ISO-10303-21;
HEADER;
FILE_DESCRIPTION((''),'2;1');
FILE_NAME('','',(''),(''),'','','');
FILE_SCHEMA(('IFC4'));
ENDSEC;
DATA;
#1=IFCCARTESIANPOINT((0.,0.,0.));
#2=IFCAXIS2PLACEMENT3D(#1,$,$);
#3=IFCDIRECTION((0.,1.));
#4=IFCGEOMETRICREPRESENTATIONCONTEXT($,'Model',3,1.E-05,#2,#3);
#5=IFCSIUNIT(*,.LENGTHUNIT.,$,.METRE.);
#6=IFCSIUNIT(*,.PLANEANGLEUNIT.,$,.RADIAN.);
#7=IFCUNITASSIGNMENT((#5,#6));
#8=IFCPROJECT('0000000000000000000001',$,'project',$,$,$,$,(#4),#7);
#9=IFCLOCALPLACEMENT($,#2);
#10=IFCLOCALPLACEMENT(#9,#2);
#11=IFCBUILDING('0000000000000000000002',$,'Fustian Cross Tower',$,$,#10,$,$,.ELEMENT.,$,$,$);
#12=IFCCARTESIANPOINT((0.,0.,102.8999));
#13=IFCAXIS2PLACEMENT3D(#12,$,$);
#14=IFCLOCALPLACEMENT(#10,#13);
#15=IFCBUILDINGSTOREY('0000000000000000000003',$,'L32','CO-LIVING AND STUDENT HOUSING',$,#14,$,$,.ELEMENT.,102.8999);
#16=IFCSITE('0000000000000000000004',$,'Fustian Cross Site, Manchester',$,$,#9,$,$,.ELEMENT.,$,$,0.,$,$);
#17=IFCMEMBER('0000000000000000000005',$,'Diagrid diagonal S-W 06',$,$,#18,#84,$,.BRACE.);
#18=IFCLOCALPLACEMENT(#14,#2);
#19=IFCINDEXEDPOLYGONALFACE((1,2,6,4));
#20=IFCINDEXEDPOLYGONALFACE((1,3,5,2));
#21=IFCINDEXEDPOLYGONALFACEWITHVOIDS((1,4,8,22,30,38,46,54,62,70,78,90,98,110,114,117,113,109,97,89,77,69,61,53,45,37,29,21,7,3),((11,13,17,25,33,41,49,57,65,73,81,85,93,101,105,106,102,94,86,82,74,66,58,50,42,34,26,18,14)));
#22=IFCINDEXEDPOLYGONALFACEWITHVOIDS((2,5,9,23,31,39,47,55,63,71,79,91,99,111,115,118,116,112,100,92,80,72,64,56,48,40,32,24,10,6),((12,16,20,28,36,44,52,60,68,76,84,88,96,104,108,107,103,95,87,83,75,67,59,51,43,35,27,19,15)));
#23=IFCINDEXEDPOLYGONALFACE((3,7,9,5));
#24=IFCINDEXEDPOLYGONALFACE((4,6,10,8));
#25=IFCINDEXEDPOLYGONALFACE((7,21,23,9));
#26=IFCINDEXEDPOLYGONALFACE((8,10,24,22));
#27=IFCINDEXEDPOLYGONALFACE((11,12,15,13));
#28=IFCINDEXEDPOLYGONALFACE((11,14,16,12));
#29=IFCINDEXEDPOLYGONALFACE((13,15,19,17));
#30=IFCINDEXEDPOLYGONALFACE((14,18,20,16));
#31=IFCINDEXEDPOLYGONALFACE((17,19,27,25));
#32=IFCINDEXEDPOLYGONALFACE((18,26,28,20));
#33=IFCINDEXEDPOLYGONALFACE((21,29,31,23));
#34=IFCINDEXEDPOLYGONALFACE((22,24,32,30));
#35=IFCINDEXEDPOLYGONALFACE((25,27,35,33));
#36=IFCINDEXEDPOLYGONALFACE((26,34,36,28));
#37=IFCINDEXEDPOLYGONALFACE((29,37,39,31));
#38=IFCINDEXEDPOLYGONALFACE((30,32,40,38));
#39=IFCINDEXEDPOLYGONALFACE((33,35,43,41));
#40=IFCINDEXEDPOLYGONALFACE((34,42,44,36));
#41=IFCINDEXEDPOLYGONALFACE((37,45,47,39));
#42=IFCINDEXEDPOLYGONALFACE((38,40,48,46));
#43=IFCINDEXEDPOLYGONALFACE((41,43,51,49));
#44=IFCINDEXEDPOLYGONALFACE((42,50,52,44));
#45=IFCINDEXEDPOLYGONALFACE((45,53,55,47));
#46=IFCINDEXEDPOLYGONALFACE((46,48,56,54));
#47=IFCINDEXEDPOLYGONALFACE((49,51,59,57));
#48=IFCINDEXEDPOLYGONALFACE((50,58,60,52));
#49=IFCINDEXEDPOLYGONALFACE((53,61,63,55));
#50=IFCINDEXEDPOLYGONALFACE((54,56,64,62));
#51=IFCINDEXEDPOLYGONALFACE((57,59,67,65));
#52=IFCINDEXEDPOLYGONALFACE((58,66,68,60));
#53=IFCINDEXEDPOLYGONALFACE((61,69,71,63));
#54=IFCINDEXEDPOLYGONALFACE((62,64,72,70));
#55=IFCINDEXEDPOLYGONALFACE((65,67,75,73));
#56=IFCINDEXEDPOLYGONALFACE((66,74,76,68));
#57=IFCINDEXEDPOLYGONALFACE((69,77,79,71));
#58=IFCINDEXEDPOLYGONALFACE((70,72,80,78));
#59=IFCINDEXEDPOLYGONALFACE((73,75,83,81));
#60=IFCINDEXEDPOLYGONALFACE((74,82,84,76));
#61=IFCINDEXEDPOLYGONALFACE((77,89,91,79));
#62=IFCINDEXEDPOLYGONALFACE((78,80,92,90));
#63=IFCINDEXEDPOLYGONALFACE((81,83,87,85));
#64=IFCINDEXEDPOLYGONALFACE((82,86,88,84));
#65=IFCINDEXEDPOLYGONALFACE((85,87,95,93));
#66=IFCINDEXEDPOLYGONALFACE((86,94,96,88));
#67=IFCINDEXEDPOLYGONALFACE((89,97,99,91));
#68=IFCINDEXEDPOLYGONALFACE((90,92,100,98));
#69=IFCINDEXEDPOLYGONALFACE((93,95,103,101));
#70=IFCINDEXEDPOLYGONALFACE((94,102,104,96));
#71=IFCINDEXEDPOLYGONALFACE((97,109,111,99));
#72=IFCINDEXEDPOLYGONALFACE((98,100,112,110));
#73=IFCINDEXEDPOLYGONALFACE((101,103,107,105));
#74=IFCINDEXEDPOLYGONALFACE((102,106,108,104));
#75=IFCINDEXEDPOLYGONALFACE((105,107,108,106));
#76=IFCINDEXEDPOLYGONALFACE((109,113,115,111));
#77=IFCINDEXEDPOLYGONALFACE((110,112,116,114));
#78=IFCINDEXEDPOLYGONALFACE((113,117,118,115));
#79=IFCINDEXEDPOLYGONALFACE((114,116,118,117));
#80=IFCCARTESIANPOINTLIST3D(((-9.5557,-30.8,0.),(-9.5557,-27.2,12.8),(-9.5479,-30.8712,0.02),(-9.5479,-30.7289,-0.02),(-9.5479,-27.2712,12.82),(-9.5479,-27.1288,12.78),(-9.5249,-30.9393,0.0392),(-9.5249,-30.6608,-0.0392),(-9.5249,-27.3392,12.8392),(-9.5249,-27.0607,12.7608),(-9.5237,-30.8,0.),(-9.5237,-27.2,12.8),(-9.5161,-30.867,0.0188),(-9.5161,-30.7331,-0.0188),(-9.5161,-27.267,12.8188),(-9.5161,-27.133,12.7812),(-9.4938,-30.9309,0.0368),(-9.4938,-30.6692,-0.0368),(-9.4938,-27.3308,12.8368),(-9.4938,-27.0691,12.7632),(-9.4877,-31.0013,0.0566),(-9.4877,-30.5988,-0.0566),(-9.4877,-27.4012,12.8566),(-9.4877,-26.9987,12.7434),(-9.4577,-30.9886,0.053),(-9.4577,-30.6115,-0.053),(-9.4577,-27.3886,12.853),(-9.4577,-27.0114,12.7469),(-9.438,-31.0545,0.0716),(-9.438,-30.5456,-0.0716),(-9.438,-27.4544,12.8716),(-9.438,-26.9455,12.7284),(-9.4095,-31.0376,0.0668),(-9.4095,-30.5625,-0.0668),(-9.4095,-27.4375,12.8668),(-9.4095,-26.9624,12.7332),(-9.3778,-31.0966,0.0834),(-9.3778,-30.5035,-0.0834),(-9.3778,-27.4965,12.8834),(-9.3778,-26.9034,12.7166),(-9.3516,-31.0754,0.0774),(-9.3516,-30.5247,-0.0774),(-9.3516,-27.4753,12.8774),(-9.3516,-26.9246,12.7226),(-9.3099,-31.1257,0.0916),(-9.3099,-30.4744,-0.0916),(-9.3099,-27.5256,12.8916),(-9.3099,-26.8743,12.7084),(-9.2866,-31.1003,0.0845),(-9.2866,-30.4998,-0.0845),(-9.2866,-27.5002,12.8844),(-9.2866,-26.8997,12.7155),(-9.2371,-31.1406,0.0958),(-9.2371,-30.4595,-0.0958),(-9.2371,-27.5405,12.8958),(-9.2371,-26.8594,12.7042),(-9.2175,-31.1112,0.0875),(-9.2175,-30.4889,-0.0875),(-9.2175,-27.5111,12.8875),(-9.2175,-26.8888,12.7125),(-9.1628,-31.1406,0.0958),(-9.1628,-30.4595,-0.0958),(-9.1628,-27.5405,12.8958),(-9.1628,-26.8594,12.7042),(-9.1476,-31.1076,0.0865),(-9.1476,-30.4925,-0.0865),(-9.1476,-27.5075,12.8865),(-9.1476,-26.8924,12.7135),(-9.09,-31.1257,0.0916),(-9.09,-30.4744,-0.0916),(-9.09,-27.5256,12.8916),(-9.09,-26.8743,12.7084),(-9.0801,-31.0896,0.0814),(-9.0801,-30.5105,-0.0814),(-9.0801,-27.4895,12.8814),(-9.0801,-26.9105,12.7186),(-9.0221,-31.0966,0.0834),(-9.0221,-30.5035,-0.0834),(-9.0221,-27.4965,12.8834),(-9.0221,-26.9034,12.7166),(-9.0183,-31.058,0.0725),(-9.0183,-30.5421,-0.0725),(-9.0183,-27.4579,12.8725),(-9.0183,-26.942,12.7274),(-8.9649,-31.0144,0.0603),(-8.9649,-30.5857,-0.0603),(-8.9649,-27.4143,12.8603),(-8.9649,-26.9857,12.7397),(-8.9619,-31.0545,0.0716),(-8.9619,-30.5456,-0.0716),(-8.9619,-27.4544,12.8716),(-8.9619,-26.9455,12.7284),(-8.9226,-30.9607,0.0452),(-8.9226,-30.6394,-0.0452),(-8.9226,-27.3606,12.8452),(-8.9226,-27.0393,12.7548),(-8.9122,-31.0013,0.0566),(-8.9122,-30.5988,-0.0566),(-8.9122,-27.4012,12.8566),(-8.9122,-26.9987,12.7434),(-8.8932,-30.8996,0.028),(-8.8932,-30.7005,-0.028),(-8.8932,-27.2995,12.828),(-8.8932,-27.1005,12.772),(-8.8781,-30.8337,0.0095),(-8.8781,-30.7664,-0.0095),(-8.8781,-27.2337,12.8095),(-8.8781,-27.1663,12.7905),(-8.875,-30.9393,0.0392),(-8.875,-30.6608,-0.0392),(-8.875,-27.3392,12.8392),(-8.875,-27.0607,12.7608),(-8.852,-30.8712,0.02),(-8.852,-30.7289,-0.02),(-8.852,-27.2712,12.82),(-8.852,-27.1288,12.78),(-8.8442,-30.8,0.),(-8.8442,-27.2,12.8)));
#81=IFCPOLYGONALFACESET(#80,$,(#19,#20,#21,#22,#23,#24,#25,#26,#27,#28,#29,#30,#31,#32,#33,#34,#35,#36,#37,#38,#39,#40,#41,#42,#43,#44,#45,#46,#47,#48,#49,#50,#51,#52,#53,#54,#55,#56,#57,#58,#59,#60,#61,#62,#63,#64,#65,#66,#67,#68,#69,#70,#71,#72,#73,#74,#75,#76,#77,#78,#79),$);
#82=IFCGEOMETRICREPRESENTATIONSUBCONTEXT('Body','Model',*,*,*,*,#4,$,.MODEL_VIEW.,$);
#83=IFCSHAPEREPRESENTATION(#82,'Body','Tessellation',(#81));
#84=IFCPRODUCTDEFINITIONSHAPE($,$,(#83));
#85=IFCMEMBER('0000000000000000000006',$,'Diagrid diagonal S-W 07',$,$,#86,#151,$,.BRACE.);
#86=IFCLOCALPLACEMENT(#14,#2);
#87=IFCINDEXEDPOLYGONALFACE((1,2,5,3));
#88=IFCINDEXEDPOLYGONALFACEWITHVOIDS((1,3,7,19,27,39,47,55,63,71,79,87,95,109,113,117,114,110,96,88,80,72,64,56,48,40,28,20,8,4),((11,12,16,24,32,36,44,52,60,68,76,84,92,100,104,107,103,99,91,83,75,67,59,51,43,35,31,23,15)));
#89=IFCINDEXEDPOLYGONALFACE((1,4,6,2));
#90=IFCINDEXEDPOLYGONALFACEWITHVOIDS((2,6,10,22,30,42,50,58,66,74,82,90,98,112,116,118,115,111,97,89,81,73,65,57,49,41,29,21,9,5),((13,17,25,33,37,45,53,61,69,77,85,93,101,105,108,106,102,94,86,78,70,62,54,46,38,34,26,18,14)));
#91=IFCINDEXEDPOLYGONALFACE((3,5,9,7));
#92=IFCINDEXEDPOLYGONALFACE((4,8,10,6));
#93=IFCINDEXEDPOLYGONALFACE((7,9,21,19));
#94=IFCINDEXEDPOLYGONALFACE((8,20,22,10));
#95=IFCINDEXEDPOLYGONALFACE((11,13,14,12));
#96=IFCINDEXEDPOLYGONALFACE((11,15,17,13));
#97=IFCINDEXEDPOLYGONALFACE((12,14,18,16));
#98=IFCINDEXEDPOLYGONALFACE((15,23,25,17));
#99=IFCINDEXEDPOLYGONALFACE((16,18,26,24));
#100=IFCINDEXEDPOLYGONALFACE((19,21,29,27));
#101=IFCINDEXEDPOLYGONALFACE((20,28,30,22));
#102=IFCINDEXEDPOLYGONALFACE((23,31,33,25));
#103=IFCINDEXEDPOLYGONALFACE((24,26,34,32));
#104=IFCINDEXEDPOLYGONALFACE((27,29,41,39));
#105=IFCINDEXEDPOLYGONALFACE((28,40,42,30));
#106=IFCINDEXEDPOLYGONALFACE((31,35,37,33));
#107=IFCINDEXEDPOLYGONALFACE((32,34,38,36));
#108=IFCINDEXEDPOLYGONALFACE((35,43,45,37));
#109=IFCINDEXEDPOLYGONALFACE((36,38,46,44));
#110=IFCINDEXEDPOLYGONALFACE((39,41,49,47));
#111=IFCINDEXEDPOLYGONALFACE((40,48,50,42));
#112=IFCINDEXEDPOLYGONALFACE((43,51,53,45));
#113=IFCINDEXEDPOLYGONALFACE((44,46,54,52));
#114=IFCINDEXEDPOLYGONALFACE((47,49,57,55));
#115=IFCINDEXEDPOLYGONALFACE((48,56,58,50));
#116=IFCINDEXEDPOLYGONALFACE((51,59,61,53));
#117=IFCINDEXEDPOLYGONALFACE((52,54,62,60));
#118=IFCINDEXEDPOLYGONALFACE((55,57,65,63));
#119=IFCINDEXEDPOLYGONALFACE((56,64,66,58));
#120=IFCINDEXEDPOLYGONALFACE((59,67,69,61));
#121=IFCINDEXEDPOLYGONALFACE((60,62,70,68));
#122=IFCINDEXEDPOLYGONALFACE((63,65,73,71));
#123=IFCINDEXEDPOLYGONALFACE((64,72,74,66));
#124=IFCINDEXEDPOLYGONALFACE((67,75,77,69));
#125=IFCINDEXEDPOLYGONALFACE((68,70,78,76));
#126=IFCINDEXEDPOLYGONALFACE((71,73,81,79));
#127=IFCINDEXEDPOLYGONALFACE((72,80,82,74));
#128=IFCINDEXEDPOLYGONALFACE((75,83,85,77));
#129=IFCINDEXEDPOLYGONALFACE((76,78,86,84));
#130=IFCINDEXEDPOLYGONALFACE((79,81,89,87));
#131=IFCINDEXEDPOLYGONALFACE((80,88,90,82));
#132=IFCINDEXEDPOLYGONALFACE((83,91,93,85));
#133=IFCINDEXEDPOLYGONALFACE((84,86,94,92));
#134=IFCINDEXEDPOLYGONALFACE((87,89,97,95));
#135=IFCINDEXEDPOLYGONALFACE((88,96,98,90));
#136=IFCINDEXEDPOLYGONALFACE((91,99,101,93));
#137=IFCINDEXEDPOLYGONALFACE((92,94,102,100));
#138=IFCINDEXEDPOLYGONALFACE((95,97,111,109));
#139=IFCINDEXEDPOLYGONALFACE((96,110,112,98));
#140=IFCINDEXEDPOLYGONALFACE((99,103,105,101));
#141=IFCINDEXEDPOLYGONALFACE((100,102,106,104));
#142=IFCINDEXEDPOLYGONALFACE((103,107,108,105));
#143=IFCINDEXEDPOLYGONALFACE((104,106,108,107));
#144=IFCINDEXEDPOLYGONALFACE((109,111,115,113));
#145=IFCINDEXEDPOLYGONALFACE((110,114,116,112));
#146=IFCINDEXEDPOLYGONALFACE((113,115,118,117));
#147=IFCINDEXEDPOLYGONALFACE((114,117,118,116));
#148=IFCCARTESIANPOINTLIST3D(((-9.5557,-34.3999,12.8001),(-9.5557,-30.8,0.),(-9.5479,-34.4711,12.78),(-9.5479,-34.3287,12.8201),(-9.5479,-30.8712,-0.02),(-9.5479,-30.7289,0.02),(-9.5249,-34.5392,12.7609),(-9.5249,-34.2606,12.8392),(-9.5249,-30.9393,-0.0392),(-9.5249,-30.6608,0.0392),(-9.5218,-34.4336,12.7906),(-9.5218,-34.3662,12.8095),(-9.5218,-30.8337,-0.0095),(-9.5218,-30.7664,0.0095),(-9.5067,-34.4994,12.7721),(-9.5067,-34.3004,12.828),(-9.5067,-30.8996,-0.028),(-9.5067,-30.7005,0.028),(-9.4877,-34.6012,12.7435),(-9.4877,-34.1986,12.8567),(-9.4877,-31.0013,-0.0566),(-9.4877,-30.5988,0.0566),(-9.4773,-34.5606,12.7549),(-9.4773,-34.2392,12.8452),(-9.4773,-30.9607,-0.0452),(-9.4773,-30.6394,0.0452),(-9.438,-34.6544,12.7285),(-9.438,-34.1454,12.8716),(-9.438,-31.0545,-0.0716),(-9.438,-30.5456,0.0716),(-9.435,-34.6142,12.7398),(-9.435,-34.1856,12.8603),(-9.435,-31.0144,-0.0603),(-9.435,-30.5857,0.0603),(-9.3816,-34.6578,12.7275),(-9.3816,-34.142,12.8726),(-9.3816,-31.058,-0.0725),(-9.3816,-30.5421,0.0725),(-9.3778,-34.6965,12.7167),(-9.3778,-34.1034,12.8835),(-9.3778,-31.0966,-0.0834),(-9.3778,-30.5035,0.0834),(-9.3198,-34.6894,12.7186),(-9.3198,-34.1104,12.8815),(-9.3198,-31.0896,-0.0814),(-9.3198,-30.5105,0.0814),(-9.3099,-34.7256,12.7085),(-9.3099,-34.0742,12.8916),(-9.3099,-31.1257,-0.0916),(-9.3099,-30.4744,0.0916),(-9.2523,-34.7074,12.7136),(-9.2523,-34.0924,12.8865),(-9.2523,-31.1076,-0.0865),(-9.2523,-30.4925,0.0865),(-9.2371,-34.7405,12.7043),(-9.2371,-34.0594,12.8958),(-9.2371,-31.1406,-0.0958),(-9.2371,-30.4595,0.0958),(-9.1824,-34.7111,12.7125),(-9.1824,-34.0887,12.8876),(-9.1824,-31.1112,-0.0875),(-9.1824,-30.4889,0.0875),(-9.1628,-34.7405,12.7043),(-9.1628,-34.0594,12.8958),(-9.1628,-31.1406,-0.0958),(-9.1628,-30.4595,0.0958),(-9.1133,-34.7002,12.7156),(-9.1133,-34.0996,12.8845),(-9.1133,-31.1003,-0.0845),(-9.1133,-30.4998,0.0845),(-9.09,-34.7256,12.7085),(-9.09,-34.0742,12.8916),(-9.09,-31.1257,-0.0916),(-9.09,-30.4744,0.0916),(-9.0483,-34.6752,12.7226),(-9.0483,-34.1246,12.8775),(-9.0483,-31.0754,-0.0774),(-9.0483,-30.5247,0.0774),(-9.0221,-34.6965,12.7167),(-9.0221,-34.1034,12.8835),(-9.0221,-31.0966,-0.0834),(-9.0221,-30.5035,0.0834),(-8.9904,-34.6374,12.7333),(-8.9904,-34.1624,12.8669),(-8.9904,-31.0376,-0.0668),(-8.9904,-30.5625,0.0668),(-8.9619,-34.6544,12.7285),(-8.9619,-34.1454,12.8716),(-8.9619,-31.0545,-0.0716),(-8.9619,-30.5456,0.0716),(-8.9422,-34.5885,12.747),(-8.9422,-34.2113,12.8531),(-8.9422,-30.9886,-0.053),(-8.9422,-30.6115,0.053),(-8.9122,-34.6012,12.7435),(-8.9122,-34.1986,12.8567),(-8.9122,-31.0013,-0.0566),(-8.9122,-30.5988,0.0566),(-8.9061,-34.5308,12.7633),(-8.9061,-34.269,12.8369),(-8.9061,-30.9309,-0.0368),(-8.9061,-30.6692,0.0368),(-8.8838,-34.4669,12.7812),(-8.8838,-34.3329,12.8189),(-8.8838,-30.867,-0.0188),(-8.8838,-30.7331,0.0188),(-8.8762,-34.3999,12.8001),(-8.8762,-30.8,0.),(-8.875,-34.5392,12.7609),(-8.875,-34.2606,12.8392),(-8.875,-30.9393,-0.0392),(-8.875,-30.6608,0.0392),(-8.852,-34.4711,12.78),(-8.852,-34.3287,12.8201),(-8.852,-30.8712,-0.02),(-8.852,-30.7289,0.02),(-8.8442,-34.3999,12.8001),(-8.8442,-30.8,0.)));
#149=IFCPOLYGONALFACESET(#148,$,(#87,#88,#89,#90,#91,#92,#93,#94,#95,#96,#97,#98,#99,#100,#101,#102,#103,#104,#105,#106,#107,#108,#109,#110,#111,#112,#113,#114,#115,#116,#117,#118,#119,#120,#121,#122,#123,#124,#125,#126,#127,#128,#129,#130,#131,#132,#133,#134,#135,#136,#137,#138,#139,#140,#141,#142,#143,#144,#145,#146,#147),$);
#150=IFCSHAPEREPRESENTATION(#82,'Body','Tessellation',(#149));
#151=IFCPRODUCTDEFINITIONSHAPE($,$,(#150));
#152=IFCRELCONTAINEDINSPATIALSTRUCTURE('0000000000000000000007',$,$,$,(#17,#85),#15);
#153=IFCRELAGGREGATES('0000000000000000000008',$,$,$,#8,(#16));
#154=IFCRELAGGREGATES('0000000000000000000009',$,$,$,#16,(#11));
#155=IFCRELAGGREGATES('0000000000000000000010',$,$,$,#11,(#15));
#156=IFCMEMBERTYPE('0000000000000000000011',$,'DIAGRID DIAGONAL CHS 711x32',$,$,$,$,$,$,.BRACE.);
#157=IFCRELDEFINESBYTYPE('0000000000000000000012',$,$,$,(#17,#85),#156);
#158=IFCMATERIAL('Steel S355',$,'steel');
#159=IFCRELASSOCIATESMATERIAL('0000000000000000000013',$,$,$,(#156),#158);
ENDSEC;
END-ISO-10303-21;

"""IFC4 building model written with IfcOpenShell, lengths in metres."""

from ifc_helpers import new_model, si_unit, direction, frame, origin, origin_2d, place, context, subcontext, project, spatial, hollow_circle, extrude, material, material_profile, profile_set, type_object, element, save


model = new_model("IFC4")

# Units and contexts
model_context = context("Model", 3, precision=1e-05, world=origin(), true_north=direction((0.0, 1.0)))
body_context = subcontext(model_context, "Body", "Model", "MODEL_VIEW")
ifc_project = project(units=[si_unit("LENGTHUNIT", "METRE"), si_unit("PLANEANGLEUNIT", "RADIAN")], contexts=[model_context])

# Site, building, storey
site_placement = place(None, origin())
site = spatial("IfcSite", under=ifc_project, at=site_placement, Name="Fustian Cross Site, Manchester", CompositionType="ELEMENT", RefElevation=0.0)
building_placement = place(site_placement, origin())
building = spatial("IfcBuilding", under=site, at=building_placement, Name="Fustian Cross Tower", CompositionType="ELEMENT")
storey_placement = place(building_placement, frame((0.0, 0.0, 102.8999)))
storey = spatial("IfcBuildingStorey", under=building, at=storey_placement, Name="L32", Description="CO-LIVING AND STUDENT HOUSING", CompositionType="ELEMENT", Elevation=102.8999)

# Members
ifc_material_1 = material(Name="Steel S355", Category="steel")
ifc_material_profile_1 = material_profile(ifc_material_1, hollow_circle(Radius=0.3557, WallThickness=0.032, at=origin_2d()), Name="CHS 711x32")
ifc_profile_set_1 = profile_set([ifc_material_profile_1], Name="Steel S355")
member_type_1 = type_object("IfcMemberType", Name="DIAGRID DIAGONAL CHS 711x32", PredefinedType="BRACE", material=ifc_profile_set_1)
for number, where, z_axis, x_axis, name in (
    (1, (-9.2, -30.8, 0.0), (0.0, 0.270751, 0.962649), (-1.0, 0.0, 0.0), "Diagrid diagonal S-W 06"),
    (2, (-9.2, -30.8, 0.0), (0.0, -0.270734, 0.962654), (1.0, 0.0, 0.0), "Diagrid diagonal S-W 07"),
):
    element("IfcMember", number, at=place(storey_placement, frame(where, z_axis=z_axis, x_axis=x_axis)), inside=storey, type_object=member_type_1, Name=name, PredefinedType="BRACE", context=body_context, shape_type="SweptSolid", body=[
        extrude(hollow_circle(Radius=0.3557, WallThickness=0.032, at=origin_2d()), origin(), (0.0, 0.0, 1.0), 13.2966),
    ])

save(model, "model.ifc")
